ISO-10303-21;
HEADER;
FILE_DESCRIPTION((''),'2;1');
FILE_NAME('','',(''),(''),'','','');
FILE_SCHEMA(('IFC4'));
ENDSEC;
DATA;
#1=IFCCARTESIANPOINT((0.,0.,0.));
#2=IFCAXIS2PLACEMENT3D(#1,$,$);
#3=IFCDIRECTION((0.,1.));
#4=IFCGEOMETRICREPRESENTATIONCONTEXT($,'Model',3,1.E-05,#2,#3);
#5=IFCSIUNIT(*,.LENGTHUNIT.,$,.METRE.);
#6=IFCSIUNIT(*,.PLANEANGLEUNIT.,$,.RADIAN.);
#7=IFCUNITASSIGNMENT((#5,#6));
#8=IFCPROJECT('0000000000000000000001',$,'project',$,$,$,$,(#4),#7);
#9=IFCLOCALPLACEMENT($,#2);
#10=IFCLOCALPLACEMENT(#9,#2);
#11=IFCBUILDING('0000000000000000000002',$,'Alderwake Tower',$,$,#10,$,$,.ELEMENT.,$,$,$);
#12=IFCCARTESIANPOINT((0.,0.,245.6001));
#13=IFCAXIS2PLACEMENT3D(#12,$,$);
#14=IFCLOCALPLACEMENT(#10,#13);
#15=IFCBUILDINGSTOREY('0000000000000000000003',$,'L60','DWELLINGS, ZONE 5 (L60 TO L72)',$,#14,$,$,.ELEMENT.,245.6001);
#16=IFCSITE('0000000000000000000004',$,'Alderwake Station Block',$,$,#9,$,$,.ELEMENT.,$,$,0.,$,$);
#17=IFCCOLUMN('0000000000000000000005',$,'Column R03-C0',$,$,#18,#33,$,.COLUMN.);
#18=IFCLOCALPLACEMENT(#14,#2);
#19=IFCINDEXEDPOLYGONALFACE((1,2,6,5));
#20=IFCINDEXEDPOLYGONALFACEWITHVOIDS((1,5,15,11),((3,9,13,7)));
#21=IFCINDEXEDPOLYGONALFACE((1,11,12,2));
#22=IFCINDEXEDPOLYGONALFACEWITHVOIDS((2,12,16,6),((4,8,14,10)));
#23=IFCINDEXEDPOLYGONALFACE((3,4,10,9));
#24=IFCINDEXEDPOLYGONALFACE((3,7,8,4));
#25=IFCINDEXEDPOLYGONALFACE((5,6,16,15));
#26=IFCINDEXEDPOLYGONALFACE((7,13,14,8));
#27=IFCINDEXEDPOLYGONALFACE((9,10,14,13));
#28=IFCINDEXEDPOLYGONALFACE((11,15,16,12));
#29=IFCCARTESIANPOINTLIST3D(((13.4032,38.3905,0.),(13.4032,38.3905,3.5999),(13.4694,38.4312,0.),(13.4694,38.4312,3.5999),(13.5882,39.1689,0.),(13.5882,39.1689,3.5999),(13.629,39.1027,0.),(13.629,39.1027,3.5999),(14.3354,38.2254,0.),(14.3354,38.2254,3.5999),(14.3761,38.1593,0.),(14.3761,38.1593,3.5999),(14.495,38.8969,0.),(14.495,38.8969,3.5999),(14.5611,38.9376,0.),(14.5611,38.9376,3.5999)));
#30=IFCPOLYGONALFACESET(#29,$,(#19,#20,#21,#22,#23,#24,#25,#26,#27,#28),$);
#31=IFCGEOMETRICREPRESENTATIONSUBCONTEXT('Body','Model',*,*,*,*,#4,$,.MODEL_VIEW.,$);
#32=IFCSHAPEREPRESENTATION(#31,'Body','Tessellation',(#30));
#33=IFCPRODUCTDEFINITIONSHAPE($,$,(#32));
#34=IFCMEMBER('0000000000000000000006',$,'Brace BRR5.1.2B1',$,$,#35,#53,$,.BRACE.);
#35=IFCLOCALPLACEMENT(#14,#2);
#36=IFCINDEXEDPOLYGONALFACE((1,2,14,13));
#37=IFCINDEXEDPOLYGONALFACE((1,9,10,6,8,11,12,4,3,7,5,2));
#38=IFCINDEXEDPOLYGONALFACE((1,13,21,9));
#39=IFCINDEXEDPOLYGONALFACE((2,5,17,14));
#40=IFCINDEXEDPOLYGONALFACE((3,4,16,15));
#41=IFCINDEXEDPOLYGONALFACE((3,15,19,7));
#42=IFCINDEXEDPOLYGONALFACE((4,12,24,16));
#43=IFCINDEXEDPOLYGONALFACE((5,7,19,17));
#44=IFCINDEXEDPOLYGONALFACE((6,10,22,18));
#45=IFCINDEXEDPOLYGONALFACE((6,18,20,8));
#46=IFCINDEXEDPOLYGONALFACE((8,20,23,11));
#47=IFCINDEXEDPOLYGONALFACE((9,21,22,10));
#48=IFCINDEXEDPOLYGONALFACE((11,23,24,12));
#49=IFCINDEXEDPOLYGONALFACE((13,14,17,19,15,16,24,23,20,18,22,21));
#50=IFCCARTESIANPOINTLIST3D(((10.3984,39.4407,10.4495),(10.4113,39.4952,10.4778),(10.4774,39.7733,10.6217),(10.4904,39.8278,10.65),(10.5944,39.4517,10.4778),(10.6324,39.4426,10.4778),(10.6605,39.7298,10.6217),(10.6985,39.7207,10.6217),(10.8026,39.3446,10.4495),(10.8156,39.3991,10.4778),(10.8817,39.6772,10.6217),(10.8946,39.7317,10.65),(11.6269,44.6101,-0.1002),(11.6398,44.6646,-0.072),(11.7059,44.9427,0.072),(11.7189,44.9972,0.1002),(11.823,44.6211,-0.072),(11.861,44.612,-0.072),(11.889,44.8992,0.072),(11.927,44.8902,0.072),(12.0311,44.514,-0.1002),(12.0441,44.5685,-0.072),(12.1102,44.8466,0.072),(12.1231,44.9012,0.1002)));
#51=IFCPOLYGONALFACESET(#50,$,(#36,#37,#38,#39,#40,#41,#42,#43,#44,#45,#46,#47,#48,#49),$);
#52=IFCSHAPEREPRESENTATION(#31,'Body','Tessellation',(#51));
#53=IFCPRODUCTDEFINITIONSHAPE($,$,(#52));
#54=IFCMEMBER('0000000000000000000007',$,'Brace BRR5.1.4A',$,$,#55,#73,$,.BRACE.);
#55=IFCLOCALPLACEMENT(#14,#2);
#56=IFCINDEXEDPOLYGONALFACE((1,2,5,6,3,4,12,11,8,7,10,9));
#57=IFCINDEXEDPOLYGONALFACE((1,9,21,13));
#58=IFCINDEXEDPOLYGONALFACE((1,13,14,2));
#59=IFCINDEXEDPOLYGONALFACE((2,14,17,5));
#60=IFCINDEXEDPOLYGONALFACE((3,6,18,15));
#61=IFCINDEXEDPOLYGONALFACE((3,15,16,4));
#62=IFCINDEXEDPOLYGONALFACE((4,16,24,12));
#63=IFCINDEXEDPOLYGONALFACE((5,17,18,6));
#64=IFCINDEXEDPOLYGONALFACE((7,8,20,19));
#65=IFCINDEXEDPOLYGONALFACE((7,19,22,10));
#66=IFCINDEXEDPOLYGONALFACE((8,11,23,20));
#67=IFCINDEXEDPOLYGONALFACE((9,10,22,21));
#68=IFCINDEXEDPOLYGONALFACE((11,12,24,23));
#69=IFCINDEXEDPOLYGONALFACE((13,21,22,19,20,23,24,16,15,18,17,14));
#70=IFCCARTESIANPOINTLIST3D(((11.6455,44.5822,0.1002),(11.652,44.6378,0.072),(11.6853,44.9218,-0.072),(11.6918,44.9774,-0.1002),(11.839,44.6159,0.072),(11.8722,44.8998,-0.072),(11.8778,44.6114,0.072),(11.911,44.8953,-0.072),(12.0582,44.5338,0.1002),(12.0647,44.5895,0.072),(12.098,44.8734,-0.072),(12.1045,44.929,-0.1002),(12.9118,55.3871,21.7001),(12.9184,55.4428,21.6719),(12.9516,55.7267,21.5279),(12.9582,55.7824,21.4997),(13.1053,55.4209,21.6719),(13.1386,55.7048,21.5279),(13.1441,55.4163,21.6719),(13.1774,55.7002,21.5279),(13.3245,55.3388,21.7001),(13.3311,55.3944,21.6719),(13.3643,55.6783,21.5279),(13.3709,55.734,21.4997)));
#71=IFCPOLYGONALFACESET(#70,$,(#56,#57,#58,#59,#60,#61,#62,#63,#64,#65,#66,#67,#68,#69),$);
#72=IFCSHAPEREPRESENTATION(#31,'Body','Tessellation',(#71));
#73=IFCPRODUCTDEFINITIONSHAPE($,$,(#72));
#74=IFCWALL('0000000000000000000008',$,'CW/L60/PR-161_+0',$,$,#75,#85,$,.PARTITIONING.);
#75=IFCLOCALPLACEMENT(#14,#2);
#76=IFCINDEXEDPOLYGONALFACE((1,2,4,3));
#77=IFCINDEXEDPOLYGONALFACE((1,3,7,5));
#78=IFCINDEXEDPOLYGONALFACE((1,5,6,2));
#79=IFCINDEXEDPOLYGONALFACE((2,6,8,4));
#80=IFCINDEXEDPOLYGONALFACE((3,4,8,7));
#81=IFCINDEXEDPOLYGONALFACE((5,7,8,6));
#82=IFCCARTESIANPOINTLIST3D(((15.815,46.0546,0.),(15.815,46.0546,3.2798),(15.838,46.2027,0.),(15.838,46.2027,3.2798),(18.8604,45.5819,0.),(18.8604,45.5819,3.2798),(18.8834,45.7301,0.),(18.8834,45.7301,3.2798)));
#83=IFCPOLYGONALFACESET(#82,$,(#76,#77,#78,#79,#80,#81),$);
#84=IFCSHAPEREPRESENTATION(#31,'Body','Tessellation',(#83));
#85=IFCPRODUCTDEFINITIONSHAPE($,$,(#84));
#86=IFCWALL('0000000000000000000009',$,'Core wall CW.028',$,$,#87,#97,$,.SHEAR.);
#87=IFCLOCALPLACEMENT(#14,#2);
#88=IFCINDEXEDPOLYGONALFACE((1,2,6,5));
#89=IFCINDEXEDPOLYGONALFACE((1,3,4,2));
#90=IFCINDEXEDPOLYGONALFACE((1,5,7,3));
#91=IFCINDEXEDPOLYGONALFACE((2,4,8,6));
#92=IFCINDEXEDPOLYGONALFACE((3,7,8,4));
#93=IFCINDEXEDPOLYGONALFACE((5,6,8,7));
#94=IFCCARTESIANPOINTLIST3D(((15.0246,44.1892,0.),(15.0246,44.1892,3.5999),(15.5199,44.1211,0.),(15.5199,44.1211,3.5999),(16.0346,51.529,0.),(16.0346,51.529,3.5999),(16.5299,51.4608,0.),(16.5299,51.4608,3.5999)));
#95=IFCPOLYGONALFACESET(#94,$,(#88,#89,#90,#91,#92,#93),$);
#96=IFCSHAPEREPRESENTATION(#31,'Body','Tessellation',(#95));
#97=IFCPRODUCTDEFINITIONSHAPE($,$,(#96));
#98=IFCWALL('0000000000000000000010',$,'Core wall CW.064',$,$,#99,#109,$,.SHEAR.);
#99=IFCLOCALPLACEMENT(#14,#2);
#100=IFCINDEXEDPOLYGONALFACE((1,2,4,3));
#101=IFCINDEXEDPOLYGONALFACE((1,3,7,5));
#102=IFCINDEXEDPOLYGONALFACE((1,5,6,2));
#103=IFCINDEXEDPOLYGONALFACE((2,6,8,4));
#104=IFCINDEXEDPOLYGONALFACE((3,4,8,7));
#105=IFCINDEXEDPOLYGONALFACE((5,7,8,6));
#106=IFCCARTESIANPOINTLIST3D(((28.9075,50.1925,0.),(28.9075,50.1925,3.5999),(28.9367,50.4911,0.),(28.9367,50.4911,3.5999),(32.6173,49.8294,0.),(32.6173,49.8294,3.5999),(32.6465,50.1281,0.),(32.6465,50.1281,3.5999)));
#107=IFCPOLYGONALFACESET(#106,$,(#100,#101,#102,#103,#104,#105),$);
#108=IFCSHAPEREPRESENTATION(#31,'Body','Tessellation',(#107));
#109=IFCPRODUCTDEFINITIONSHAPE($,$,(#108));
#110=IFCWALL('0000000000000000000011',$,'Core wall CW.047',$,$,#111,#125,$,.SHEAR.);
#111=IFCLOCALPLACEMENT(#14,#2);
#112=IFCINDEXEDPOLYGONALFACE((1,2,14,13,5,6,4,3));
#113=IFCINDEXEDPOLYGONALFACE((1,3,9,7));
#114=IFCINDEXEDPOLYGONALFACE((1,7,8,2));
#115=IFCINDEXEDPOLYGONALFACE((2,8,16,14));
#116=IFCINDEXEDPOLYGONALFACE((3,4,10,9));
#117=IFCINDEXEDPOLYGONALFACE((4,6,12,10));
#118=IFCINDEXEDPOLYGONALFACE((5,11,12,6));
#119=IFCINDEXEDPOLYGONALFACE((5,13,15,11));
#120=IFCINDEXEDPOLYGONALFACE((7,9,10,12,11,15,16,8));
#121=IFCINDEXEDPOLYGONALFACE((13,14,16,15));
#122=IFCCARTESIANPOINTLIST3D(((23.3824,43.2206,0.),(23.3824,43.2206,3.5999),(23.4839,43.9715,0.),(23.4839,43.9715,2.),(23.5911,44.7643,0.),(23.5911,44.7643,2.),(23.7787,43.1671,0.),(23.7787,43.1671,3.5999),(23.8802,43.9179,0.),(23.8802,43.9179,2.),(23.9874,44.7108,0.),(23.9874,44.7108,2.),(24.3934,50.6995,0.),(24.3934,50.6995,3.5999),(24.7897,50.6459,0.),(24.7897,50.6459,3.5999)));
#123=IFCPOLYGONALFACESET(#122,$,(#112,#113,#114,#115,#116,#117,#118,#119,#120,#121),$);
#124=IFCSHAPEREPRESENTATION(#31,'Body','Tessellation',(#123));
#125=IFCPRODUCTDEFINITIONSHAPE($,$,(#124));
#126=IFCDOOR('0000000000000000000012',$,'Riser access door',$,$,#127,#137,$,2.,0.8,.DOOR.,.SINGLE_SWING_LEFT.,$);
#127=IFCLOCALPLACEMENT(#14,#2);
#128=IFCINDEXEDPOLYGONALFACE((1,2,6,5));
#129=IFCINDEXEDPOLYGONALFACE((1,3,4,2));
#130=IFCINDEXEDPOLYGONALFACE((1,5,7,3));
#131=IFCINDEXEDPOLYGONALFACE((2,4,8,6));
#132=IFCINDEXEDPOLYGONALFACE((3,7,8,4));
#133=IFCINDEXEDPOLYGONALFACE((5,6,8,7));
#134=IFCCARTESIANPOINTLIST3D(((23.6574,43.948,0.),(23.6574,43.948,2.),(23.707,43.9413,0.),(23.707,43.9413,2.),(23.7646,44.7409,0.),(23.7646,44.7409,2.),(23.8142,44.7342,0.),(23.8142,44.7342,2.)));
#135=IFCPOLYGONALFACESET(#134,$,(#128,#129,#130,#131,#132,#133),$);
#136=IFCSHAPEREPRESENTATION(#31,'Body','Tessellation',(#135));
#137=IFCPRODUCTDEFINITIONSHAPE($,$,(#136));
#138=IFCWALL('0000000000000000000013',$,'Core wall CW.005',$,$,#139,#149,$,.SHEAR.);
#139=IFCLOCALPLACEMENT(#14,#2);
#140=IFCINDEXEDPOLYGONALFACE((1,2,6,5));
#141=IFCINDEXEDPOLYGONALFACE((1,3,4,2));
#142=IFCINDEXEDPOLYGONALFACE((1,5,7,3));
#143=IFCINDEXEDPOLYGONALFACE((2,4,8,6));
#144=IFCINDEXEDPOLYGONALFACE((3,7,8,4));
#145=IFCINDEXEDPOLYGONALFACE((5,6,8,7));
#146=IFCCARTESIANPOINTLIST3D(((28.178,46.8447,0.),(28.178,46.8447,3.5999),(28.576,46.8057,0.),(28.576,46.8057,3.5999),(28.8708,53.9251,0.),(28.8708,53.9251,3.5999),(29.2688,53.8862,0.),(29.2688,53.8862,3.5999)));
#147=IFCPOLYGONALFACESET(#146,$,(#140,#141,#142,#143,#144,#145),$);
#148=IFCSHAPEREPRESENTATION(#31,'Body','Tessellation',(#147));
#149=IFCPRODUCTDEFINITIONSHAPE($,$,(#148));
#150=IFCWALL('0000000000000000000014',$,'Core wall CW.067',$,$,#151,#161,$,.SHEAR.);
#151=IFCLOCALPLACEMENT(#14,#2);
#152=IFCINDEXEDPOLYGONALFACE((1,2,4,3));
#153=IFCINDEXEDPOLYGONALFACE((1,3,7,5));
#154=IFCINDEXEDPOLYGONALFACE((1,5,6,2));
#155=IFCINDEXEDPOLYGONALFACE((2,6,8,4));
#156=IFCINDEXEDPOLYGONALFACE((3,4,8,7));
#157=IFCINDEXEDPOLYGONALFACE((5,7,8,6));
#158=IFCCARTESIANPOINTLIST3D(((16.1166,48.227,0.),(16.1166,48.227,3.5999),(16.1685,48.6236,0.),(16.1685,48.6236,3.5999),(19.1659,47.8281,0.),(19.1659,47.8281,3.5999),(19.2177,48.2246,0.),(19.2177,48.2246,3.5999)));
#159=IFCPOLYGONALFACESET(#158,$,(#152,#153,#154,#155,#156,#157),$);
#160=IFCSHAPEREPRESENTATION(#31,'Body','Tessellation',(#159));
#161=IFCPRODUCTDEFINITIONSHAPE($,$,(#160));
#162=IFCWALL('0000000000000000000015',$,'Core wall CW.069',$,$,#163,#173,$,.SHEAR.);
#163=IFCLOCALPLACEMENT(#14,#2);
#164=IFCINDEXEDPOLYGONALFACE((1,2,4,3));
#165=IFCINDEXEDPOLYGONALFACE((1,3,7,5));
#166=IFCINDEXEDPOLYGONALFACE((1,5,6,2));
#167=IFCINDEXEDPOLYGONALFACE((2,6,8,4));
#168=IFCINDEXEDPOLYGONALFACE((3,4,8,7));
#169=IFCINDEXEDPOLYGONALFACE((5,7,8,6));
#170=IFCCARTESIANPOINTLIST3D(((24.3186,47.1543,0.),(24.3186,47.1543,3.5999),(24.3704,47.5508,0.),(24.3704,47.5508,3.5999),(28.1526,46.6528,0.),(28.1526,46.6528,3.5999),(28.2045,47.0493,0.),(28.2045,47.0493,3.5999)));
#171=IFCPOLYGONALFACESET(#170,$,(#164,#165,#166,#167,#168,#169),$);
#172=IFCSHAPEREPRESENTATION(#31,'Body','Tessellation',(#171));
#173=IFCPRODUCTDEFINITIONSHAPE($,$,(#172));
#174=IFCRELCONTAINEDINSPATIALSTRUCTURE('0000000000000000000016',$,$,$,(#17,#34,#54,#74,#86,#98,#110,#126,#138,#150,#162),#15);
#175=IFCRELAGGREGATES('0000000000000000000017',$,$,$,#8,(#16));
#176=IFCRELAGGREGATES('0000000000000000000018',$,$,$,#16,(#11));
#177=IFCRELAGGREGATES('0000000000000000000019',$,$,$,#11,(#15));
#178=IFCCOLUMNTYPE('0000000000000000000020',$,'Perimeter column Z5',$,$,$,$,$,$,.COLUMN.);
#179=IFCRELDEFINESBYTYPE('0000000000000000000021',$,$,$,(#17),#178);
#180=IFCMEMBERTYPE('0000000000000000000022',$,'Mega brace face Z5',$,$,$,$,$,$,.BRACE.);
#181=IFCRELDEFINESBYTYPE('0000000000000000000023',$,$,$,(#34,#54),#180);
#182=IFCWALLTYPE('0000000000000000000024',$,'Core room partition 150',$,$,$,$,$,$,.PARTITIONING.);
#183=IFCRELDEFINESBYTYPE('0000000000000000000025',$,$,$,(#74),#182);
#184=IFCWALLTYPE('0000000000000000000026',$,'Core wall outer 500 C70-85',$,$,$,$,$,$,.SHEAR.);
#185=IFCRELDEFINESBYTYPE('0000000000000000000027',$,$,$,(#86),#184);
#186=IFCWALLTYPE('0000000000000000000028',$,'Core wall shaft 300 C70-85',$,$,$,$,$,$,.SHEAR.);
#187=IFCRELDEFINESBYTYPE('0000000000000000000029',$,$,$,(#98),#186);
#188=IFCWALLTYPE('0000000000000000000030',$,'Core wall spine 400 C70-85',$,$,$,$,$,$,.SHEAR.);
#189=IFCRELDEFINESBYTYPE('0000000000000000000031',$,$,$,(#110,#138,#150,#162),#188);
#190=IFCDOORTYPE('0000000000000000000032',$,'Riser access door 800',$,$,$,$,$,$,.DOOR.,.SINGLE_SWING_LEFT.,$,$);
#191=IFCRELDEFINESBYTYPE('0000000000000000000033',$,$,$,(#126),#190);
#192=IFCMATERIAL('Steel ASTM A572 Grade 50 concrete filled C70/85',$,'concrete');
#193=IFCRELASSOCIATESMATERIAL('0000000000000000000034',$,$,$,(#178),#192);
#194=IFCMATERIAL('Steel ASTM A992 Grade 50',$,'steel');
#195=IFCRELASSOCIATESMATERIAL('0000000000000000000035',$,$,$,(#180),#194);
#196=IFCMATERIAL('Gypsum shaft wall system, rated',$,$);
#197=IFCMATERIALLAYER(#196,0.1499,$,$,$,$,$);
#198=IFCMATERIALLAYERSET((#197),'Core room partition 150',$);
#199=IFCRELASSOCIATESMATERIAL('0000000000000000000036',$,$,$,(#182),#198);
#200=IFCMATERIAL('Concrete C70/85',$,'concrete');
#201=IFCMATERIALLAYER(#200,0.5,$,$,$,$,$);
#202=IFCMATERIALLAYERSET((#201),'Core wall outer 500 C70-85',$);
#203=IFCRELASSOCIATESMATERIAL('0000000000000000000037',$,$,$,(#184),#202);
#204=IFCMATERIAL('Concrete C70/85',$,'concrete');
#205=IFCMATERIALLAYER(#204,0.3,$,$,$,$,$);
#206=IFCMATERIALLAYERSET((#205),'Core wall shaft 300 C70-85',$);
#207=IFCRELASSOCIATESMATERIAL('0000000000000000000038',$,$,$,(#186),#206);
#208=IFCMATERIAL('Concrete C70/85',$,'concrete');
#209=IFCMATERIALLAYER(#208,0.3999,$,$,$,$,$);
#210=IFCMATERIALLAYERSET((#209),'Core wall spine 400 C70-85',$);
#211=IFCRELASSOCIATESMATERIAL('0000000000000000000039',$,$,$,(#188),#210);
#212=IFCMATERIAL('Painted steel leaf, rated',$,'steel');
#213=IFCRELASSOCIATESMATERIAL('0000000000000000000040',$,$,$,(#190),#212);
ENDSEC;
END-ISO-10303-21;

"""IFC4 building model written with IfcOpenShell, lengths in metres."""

from ifc_helpers import new_model, si_unit, direction, frame, frame_2d, origin, origin_2d, place, context, subcontext, project, spatial, rectangle, hollow_rectangle, i_section, extrude, material, layer, layer_set, material_profile, profile_set, type_object, element, fill, save


model = new_model("IFC4")

# Units and contexts
model_context = context("Model", 3, precision=1e-05, world=origin(), true_north=direction((0.0, 1.0)))
body_context = subcontext(model_context, "Body", "Model", "MODEL_VIEW")
ifc_project = project(units=[si_unit("LENGTHUNIT", "METRE"), si_unit("PLANEANGLEUNIT", "RADIAN")], contexts=[model_context])

# Site, building, storey
site_placement = place(None, origin())
site = spatial("IfcSite", under=ifc_project, at=site_placement, Name="Alderwake Station Block", CompositionType="ELEMENT", RefElevation=0.0)
building_placement = place(site_placement, origin())
building = spatial("IfcBuilding", under=site, at=building_placement, Name="Alderwake Tower", CompositionType="ELEMENT")
storey_placement = place(building_placement, frame((0.0, 0.0, 245.6001)))
storey = spatial("IfcBuildingStorey", under=building, at=storey_placement, Name="L60", Description="DWELLINGS, ZONE 5 (L60 TO L72)", CompositionType="ELEMENT", Elevation=245.6001)

# Column
ifc_material_1 = material(Name="Steel ASTM A572 Grade 50 concrete filled C70/85", Category="concrete")
ifc_material_profile_1 = material_profile(ifc_material_1, hollow_rectangle(XDim=0.8, YDim=1.0, WallThickness=0.0549, at=origin_2d()), Name="BOX 1000X800X55")
ifc_profile_set_1 = profile_set([ifc_material_profile_1], Name="Steel ASTM A572 Grade 50 concrete filled C70/85")
column_type = type_object("IfcColumnType", Name="Perimeter column Z5", PredefinedType="COLUMN", material=ifc_profile_set_1)
column_placement = place(storey_placement, frame((13.9822, 38.6641, 0.0), z_axis=(0.0, 0.0, 1.0), x_axis=(0.231222, 0.972901, 0.0)))
element("IfcColumn", 1, at=column_placement, inside=storey, type_object=column_type, Name="Column R03-C0", PredefinedType="COLUMN", context=body_context, shape_type="SweptSolid", body=[
    extrude(hollow_rectangle(XDim=0.8, YDim=1.0, WallThickness=0.0549, at=origin_2d()), origin(), (0.0, 0.0, 1.0), 3.5999),
])

# Members
ifc_material_2 = material(Name="Steel ASTM A992 Grade 50", Category="steel")
ifc_material_profile_2 = material_profile(ifc_material_2, i_section(OverallWidth=0.4155, OverallDepth=0.4456, WebThickness=0.0391, FlangeThickness=0.0627, at=origin_2d()), Name="W14X342")
ifc_profile_set_2 = profile_set([ifc_material_profile_2], Name="Steel ASTM A992 Grade 50")
member_type = type_object("IfcMemberType", Name="Mega brace face Z5", PredefinedType="BRACE", material=ifc_profile_set_2)
member_1_placement = place(storey_placement, frame((11.875, 44.7556, 0.0), z_axis=(-0.104003, -0.437631, 0.89312), x_axis=(0.972904, -0.231211, 0.0)))
element("IfcMember", 2, at=member_1_placement, inside=storey, type_object=member_type, Name="Brace BRR5.1.2B1", PredefinedType="BRACE", context=body_context, shape_type="SweptSolid", body=[
    extrude(i_section(OverallWidth=0.4155, OverallDepth=0.4456, WebThickness=0.0391, FlangeThickness=0.0627, at=origin_2d()), origin(), (0.0, 0.0, 1.0), 11.8123),
])
member_2_placement = place(storey_placement, frame((11.875, 44.7556, 0.0), z_axis=(0.052362, 0.446766, 0.893117), x_axis=(-0.993202, 0.116405, 0.0)))
element("IfcMember", 3, at=member_2_placement, inside=storey, type_object=member_type, Name="Brace BRR5.1.4A", PredefinedType="BRACE", context=body_context, shape_type="SweptSolid", body=[
    extrude(i_section(OverallWidth=0.4155, OverallDepth=0.4456, WebThickness=0.0391, FlangeThickness=0.0627, at=origin_2d()), origin(), (0.0, 0.0, 1.0), 24.1848),
])

# Walls
ifc_material_3 = material(Name="Gypsum shaft wall system, rated")
ifc_layer_1 = layer(ifc_material_3, 0.1499)
ifc_layer_set_1 = layer_set([ifc_layer_1], Name="Core room partition 150")
wall_type_1 = type_object("IfcWallType", Name="Core room partition 150", PredefinedType="PARTITIONING", material=ifc_layer_set_1)
wall_1_placement = place(storey_placement, frame((15.8264, 46.1287, 0.0), z_axis=(0.0, 0.0, 1.0), x_axis=(0.988169, -0.153367, 0.0)))
element("IfcWall", 4, at=wall_1_placement, inside=storey, type_object=wall_type_1, Name="CW/L60/PR-161_+0", PredefinedType="PARTITIONING", context=body_context, shape_type="SweptSolid", body=[
    extrude(rectangle(XDim=3.0818, YDim=0.1499, at=frame_2d((1.541, 0.0))), origin(), (0.0, 0.0, 1.0), 3.2798),
])
ifc_material_4 = material(Name="Concrete C70/85", Category="concrete")
ifc_layer_2 = layer(ifc_material_4, 0.5)
ifc_layer_set_2 = layer_set([ifc_layer_2], Name="Core wall outer 500 C70-85")
wall_type_2 = type_object("IfcWallType", Name="Core wall outer 500 C70-85", PredefinedType="SHEAR", material=ifc_layer_set_2)
wall_2_placement = place(storey_placement, frame((15.2722, 44.155, 0.0), z_axis=(0.0, 0.0, 1.0), x_axis=(0.136322, 0.990665, 0.0)))
element("IfcWall", 5, at=wall_2_placement, inside=storey, type_object=wall_type_2, Name="Core wall CW.028", PredefinedType="SHEAR", context=body_context, shape_type="SweptSolid", body=[
    extrude(rectangle(XDim=7.4089, YDim=0.5, at=frame_2d((3.7046, 0.0))), origin(), (0.0, 0.0, 1.0), 3.5999),
])
ifc_material_5 = material(Name="Concrete C70/85", Category="concrete")
ifc_layer_3 = layer(ifc_material_5, 0.3)
ifc_layer_set_3 = layer_set([ifc_layer_3], Name="Core wall shaft 300 C70-85")
wall_type_3 = type_object("IfcWallType", Name="Core wall shaft 300 C70-85", PredefinedType="SHEAR", material=ifc_layer_set_3)
wall_3_placement = place(storey_placement, frame((28.9221, 50.3418, 0.0), z_axis=(0.0, 0.0, 1.0), x_axis=(0.995246, -0.097396, 0.0)))
element("IfcWall", 6, at=wall_3_placement, inside=storey, type_object=wall_type_3, Name="Core wall CW.064", PredefinedType="SHEAR", context=body_context, shape_type="SweptSolid", body=[
    extrude(rectangle(XDim=3.7275, YDim=0.3, at=frame_2d((1.8638, 0.0))), origin(), (0.0, 0.0, 1.0), 3.5999),
])

# Wall, opening, door
ifc_material_6 = material(Name="Concrete C70/85", Category="concrete")
ifc_layer_4 = layer(ifc_material_6, 0.3999)
ifc_layer_set_4 = layer_set([ifc_layer_4], Name="Core wall spine 400 C70-85")
wall_type_4 = type_object("IfcWallType", Name="Core wall spine 400 C70-85", PredefinedType="SHEAR", material=ifc_layer_set_4)
wall_4_placement = place(storey_placement, frame((23.5806, 43.1938, 0.0), z_axis=(0.0, 0.0, 1.0), x_axis=(0.133963, 0.990986, 0.0)))
wall_4 = element("IfcWall", 7, at=wall_4_placement, inside=storey, type_object=wall_type_4, Name="Core wall CW.047", PredefinedType="SHEAR", context=body_context, shape_type="SweptSolid", body=[
    extrude(rectangle(XDim=7.5469, YDim=0.3999, at=frame_2d((3.7734, 0.0))), origin(), (0.0, 0.0, 1.0), 3.5999),
])
opening_1_placement = place(wall_4_placement, frame((0.7578, 0.0, 0.0)))
opening_1 = element("IfcOpeningElement", 8, at=opening_1_placement, cuts=wall_4, PredefinedType="OPENING", context=body_context, shape_type="SweptSolid", body=[
    extrude(rectangle(XDim=0.8, YDim=2.0, at=frame_2d((0.3999, 1.0))), frame((0.0, 0.21, 0.0), z_axis=(0.0, -1.0, 0.0), x_axis=(1.0, 0.0, 0.0)), (0.0, 0.0, 1.0), 0.4199),
])
ifc_material_7 = material(Name="Painted steel leaf, rated", Category="steel")
door_type = type_object("IfcDoorType", Name="Riser access door 800", OperationType="SINGLE_SWING_LEFT", PredefinedType="DOOR", material=ifc_material_7)
door_placement = place(opening_1_placement, origin())
door = element("IfcDoor", 9, at=door_placement, inside=storey, type_object=door_type, Name="Riser access door", OperationType="SINGLE_SWING_LEFT", OverallHeight=2.0, OverallWidth=0.8, PredefinedType="DOOR", context=body_context, shape_type="SweptSolid", body=[
    extrude(rectangle(XDim=0.8, YDim=2.0, at=frame_2d((0.3999, 1.0))), frame((0.0, 0.0249, 0.0), z_axis=(0.0, -1.0, 0.0), x_axis=(1.0, 0.0, 0.0)), (0.0, 0.0, 1.0), 0.05),
])
fill(opening_1, door)

# Walls
wall_5_placement = place(storey_placement, frame((28.377, 46.8252, 0.0), z_axis=(0.0, 0.0, 1.0), x_axis=(0.097393, 0.995246, 0.0)))
element("IfcWall", 10, at=wall_5_placement, inside=storey, type_object=wall_type_4, Name="Core wall CW.005", PredefinedType="SHEAR", context=body_context, shape_type="SweptSolid", body=[
    extrude(rectangle(XDim=7.1143, YDim=0.3999, at=frame_2d((3.5571, 0.0))), origin(), (0.0, 0.0, 1.0), 3.5999),
])
wall_6_placement = place(storey_placement, frame((16.1426, 48.4253, 0.0), z_axis=(0.0, 0.0, 1.0), x_axis=(0.991551, -0.129719, 0.0)))
element("IfcWall", 11, at=wall_6_placement, inside=storey, type_object=wall_type_4, Name="Core wall CW.067", PredefinedType="SHEAR", context=body_context, shape_type="SweptSolid", body=[
    extrude(rectangle(XDim=3.0752, YDim=0.3999, at=frame_2d((1.5376, 0.0))), origin(), (0.0, 0.0, 1.0), 3.5999),
])
wall_7_placement = place(storey_placement, frame((24.3445, 47.3525, 0.0), z_axis=(0.0, 0.0, 1.0), x_axis=(0.991555, -0.12969, 0.0)))
element("IfcWall", 12, at=wall_7_placement, inside=storey, type_object=wall_type_4, Name="Core wall CW.069", PredefinedType="SHEAR", context=body_context, shape_type="SweptSolid", body=[
    extrude(rectangle(XDim=3.8667, YDim=0.3999, at=frame_2d((1.9333, 0.0))), origin(), (0.0, 0.0, 1.0), 3.5999),
])

save(model, "model.ifc")
